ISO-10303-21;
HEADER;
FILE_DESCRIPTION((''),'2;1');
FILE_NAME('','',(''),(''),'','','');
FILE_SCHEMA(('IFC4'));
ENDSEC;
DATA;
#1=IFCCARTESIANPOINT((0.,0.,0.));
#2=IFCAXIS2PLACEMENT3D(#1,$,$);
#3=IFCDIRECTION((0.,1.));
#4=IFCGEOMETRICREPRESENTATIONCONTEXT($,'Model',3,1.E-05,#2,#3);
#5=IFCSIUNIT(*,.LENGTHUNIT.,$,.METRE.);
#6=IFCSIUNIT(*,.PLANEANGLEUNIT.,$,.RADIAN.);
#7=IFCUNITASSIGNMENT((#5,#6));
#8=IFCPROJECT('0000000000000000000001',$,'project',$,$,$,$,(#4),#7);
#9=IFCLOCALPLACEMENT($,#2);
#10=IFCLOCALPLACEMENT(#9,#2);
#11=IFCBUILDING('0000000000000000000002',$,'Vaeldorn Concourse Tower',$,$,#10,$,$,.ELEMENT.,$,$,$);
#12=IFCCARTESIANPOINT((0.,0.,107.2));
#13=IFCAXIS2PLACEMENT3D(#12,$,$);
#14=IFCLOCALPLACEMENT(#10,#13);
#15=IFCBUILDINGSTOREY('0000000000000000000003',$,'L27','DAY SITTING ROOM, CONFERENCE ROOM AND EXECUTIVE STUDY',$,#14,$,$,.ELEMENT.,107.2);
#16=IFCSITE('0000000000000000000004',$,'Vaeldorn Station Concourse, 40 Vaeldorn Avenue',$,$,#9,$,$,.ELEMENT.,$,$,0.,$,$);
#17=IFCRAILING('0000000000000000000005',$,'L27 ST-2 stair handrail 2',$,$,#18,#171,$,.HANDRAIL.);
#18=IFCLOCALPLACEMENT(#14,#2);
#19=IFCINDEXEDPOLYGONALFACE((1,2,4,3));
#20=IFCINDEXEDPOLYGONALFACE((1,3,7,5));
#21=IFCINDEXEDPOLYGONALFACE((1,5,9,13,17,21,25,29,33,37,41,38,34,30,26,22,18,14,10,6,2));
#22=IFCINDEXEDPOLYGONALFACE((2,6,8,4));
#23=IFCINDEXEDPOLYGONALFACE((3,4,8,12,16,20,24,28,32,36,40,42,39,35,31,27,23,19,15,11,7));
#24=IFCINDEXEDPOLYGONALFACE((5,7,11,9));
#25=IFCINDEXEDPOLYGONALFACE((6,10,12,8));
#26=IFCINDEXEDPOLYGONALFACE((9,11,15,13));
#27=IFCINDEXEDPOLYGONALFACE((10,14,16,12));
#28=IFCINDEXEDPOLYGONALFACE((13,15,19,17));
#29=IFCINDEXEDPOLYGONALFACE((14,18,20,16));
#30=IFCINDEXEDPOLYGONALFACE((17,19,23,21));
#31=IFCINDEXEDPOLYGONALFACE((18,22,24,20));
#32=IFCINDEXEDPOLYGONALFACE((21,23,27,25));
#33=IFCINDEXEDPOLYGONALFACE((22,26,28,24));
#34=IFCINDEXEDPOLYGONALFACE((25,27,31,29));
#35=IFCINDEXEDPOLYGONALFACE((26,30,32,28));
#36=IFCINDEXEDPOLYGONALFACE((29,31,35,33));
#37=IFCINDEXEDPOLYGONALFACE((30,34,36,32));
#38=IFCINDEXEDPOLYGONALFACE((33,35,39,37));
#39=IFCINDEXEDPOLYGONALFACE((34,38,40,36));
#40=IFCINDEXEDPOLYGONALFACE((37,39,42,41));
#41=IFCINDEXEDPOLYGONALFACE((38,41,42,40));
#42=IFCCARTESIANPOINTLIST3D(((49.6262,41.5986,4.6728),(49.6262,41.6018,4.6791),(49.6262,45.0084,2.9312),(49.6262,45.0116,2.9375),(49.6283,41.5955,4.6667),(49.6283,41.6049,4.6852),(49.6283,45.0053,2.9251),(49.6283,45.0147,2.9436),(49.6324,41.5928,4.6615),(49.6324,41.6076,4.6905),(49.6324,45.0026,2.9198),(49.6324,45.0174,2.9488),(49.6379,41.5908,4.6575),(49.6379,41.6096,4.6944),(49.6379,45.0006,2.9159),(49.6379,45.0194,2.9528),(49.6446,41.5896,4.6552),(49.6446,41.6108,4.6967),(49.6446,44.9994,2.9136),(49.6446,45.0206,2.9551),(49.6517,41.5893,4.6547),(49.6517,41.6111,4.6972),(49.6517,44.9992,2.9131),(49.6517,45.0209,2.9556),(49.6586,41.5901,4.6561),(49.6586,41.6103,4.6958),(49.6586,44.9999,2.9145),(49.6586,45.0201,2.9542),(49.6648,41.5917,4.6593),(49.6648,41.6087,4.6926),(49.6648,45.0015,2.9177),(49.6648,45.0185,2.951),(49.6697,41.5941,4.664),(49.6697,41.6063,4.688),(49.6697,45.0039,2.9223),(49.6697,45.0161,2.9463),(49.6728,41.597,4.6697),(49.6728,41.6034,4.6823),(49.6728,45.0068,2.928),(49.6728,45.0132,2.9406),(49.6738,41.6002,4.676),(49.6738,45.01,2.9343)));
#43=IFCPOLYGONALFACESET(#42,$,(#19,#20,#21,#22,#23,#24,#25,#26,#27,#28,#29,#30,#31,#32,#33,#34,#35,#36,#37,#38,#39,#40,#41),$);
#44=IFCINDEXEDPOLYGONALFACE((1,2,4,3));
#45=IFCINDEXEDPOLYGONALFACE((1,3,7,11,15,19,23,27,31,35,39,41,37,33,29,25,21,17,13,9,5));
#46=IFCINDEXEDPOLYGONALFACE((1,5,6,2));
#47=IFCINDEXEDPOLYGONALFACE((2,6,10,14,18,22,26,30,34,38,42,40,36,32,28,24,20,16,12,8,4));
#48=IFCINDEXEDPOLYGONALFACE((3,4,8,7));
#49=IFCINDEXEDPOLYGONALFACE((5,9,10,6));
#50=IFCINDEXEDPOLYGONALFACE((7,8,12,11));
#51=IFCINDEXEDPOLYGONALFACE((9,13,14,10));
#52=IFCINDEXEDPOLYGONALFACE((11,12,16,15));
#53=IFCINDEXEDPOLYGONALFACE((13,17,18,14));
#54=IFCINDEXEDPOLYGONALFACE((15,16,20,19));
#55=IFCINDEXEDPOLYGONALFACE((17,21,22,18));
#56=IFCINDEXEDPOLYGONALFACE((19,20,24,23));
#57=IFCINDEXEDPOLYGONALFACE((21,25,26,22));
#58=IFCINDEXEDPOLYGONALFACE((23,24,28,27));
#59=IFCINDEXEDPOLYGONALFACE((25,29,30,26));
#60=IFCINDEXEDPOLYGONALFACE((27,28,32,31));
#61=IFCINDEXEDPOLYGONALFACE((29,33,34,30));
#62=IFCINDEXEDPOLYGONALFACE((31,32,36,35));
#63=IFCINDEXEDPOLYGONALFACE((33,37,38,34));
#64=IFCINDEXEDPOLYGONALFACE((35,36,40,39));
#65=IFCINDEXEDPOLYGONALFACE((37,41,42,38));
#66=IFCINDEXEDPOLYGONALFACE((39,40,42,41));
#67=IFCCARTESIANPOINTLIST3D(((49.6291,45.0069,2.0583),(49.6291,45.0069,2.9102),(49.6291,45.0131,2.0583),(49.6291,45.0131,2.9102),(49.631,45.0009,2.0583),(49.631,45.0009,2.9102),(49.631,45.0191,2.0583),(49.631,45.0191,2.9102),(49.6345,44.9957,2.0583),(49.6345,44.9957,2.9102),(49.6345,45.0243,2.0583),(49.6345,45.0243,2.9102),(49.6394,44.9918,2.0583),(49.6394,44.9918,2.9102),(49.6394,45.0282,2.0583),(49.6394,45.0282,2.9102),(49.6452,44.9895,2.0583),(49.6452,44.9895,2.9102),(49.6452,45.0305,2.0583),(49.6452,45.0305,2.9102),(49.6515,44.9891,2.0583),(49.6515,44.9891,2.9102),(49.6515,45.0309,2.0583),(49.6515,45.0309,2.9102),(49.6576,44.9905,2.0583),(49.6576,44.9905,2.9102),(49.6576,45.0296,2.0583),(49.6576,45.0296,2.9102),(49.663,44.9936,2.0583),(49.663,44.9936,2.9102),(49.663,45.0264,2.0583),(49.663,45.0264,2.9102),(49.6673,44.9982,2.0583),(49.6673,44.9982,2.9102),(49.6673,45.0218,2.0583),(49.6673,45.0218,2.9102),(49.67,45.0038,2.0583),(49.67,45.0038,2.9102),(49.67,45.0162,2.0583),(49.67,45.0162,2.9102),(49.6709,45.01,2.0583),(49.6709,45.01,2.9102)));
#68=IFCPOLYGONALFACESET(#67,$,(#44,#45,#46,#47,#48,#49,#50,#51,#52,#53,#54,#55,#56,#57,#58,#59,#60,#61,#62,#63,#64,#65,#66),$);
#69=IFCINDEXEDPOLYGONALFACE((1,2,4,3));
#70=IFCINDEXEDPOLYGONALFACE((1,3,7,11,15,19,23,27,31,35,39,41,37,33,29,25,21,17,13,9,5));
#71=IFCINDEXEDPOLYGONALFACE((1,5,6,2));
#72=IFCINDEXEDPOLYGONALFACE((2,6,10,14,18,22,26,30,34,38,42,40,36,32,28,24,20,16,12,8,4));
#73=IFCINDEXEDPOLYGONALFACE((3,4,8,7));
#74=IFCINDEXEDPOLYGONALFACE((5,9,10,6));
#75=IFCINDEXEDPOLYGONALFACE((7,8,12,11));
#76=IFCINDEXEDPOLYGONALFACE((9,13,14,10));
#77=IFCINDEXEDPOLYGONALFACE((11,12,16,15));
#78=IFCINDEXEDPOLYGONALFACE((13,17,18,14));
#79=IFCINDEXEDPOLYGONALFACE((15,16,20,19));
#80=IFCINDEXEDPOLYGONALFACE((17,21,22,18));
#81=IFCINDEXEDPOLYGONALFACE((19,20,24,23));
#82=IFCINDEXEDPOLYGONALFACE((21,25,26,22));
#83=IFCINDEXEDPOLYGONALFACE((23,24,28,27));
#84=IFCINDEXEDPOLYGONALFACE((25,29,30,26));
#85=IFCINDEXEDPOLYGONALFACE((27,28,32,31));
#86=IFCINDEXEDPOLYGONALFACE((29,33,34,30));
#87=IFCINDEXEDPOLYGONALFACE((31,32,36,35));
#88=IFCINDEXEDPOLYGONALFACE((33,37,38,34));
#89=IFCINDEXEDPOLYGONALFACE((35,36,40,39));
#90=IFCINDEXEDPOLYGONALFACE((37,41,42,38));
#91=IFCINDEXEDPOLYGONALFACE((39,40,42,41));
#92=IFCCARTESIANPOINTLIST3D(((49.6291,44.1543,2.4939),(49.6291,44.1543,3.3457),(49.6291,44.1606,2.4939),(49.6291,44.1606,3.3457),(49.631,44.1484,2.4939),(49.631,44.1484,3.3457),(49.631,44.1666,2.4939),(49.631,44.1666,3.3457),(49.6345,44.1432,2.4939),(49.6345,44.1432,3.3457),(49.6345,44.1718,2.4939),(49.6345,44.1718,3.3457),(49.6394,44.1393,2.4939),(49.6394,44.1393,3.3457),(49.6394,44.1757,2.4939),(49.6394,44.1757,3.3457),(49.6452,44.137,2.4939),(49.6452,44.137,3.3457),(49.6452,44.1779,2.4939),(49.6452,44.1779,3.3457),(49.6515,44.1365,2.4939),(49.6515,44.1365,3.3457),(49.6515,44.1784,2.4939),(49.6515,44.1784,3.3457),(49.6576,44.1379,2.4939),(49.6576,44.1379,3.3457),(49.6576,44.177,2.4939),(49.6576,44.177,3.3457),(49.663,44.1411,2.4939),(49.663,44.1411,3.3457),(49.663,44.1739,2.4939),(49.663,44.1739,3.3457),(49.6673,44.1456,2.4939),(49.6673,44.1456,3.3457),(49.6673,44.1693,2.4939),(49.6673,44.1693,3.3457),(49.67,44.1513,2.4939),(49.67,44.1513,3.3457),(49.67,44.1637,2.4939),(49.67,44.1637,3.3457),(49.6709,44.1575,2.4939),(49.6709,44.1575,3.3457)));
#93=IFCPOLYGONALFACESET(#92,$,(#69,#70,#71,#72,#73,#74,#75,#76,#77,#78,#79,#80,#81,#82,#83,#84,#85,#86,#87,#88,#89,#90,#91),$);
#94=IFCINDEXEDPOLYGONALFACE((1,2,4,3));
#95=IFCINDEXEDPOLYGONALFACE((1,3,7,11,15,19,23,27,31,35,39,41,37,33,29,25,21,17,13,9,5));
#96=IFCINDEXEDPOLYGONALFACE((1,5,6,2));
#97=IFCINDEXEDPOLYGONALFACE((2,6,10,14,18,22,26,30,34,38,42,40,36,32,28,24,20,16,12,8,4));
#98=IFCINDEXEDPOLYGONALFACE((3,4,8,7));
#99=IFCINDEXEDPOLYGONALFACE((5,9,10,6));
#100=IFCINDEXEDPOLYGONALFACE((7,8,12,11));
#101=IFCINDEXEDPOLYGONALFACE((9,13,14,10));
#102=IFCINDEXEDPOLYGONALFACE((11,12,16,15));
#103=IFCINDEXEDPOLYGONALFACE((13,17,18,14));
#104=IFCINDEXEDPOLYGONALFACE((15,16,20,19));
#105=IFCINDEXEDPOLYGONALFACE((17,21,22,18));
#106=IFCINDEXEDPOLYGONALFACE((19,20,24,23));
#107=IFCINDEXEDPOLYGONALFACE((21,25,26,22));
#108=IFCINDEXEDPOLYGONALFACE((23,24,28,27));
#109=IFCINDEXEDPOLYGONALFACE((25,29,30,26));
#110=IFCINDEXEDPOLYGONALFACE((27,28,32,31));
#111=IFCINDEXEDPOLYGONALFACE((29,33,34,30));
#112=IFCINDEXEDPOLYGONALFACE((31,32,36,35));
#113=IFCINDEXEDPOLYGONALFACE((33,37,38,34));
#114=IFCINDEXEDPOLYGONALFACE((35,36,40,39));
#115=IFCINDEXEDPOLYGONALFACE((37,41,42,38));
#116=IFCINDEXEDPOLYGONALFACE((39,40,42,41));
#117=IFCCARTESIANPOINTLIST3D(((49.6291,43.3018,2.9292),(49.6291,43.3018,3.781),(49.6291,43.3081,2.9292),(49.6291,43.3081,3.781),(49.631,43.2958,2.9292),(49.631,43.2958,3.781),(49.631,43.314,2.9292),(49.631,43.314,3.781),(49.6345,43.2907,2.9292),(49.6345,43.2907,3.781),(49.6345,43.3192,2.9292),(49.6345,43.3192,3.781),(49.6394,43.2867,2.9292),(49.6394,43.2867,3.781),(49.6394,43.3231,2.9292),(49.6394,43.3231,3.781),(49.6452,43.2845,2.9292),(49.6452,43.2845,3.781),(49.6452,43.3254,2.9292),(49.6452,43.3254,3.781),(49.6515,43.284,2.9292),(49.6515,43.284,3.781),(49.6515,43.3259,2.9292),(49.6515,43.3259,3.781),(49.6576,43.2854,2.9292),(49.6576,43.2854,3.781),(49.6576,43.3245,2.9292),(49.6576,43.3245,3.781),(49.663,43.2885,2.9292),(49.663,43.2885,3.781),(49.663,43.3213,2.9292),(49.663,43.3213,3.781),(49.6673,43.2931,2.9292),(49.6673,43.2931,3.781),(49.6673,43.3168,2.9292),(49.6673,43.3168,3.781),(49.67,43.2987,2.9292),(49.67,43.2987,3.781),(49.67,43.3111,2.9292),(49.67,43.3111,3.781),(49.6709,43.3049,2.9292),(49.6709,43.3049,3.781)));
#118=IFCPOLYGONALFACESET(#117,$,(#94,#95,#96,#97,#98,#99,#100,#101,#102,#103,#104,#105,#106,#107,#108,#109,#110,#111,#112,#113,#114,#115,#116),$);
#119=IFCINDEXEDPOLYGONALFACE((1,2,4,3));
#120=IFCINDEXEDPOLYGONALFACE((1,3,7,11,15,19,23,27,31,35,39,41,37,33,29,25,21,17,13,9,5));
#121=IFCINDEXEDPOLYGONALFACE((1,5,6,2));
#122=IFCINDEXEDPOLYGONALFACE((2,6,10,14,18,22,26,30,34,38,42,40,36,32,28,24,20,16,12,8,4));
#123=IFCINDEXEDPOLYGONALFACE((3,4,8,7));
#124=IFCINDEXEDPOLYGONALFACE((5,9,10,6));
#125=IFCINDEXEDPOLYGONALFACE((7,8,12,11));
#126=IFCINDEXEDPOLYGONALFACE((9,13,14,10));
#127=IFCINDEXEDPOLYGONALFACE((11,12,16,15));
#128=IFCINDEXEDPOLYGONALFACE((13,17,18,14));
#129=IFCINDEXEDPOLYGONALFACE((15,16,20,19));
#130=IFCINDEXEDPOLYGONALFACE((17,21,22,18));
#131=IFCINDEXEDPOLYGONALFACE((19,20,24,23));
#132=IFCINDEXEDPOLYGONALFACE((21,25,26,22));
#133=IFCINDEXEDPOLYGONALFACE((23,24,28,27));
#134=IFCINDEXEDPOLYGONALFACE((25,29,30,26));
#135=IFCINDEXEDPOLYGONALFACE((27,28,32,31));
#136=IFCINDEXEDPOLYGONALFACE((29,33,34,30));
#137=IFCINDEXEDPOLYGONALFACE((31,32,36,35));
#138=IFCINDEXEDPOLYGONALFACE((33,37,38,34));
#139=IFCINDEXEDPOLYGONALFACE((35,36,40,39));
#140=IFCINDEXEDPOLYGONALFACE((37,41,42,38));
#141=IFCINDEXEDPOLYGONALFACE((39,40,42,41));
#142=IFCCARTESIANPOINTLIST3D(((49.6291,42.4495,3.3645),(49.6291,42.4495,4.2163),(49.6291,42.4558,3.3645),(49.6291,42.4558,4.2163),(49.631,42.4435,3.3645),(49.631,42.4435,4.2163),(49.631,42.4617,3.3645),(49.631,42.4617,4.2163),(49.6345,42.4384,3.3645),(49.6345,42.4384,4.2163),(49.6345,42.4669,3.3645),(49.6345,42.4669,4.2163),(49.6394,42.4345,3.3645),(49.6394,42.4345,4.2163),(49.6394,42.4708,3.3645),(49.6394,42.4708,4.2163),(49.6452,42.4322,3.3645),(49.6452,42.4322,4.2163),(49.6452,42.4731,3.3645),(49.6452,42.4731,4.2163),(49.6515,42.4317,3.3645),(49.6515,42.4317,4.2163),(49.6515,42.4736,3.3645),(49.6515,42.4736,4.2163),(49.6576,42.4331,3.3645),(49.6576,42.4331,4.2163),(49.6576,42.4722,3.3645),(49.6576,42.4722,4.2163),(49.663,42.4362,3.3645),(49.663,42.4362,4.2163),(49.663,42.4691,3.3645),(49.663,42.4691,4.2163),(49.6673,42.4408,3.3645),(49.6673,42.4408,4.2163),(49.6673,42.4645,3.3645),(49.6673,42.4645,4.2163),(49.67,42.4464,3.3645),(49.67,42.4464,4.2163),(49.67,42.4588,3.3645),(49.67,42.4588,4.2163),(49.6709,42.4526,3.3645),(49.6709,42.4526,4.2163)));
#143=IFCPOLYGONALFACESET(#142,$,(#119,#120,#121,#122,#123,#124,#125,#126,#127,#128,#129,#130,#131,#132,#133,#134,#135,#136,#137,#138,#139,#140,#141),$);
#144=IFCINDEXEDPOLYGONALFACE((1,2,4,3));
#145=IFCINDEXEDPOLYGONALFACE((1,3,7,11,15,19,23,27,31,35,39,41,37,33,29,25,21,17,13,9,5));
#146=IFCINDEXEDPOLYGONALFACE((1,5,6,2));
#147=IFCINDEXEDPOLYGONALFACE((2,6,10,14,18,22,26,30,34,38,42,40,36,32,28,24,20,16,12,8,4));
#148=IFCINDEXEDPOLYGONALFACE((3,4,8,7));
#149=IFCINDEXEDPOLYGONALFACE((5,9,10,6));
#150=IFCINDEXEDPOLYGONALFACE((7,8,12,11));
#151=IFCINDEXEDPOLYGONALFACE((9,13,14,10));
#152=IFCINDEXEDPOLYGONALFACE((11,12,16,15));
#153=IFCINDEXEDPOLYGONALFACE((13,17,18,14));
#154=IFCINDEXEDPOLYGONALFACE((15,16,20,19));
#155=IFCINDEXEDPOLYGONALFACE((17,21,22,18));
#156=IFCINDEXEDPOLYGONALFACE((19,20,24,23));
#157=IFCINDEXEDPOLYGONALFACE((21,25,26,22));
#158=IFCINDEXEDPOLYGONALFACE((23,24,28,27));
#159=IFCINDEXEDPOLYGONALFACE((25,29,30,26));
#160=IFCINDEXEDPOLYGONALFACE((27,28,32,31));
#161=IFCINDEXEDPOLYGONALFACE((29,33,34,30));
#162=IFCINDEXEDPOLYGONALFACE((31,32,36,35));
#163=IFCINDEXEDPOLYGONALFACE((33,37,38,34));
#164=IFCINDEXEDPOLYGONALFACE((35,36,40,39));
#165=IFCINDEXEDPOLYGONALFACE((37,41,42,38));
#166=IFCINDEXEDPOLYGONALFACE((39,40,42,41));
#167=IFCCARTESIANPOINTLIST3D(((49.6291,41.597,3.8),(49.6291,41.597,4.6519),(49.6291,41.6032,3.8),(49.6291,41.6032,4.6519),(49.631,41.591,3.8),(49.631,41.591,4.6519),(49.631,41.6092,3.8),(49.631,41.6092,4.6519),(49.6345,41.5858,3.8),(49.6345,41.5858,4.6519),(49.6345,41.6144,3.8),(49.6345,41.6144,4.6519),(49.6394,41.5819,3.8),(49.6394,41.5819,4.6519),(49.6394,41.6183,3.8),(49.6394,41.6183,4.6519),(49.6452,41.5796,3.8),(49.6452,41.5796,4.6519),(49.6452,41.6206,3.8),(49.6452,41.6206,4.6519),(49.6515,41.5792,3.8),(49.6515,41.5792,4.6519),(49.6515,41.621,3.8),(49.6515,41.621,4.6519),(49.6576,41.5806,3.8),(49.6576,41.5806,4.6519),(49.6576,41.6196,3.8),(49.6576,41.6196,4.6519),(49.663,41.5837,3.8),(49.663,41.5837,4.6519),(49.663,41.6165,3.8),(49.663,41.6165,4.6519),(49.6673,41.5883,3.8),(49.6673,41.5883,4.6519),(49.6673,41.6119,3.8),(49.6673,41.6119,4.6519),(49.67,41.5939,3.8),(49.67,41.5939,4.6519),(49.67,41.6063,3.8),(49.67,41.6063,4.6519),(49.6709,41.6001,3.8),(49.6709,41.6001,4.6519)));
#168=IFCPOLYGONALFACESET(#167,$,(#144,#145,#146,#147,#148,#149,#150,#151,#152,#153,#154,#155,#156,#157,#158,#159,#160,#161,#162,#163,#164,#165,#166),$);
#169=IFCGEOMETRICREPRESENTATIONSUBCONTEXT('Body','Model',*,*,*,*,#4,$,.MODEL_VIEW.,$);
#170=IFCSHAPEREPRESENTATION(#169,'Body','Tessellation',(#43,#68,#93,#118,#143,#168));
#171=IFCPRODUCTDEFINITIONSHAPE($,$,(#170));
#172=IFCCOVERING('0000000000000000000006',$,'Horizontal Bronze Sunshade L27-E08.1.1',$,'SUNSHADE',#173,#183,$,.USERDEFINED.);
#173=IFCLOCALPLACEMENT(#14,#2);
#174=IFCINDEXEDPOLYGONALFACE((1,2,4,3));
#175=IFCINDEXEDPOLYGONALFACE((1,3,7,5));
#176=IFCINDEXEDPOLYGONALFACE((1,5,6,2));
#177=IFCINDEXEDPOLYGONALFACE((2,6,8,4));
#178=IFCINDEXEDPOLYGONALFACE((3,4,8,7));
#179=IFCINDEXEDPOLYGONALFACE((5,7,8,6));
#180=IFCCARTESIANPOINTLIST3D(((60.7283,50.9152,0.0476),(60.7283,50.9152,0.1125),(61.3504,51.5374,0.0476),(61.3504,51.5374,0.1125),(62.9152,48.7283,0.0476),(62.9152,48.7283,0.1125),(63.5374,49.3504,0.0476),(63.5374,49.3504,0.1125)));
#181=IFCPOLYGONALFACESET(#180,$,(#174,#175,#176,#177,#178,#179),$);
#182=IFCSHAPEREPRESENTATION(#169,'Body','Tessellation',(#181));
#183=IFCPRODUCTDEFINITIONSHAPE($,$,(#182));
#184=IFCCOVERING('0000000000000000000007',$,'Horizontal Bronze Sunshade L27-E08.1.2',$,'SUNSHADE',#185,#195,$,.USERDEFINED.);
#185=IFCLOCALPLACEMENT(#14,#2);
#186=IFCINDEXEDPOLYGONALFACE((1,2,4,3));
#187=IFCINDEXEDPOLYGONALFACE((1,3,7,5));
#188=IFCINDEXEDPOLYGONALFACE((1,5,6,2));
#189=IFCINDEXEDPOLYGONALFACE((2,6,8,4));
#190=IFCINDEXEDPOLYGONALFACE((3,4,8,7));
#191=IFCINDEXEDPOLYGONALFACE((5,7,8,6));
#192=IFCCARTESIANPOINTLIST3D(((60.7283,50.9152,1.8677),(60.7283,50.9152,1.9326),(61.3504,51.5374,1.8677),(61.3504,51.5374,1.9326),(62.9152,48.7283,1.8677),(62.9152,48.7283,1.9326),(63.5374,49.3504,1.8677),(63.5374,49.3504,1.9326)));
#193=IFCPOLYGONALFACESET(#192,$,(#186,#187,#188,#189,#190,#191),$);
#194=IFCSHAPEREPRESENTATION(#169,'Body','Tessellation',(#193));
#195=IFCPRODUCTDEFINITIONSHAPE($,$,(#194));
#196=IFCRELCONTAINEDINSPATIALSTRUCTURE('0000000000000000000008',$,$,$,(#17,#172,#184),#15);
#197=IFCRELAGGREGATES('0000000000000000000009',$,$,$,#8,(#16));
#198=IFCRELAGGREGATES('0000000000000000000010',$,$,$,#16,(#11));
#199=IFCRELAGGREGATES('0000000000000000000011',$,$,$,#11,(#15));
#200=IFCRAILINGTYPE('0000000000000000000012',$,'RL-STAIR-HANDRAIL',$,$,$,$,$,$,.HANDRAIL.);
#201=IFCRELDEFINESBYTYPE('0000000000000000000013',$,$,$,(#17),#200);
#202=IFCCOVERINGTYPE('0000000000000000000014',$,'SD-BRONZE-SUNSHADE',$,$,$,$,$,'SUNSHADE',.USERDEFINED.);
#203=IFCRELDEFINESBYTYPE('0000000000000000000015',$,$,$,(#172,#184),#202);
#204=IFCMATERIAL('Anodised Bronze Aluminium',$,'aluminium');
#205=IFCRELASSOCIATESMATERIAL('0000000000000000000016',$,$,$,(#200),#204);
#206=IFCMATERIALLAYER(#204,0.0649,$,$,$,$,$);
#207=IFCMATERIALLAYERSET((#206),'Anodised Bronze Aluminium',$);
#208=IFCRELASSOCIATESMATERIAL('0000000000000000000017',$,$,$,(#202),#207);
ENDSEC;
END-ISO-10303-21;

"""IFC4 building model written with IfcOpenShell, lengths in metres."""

from ifc_helpers import new_model, si_unit, direction, frame, origin, origin_2d, place, context, subcontext, project, spatial, rectangle, circle, extrude, source, transform, mapped, material, layer, layer_set, type_object, element, save


model = new_model("IFC4")

# Units and contexts
model_context = context("Model", 3, precision=1e-05, world=origin(), true_north=direction((0.0, 1.0)))
body_context = subcontext(model_context, "Body", "Model", "MODEL_VIEW")
ifc_project = project(units=[si_unit("LENGTHUNIT", "METRE"), si_unit("PLANEANGLEUNIT", "RADIAN")], contexts=[model_context])

# Site, building, storey
site_placement = place(None, origin())
site = spatial("IfcSite", under=ifc_project, at=site_placement, Name="Vaeldorn Station Concourse, 40 Vaeldorn Avenue", CompositionType="ELEMENT", RefElevation=0.0)
building_placement = place(site_placement, origin())
building = spatial("IfcBuilding", under=site, at=building_placement, Name="Vaeldorn Concourse Tower", CompositionType="ELEMENT")
storey_placement = place(building_placement, frame((0.0, 0.0, 107.2)))
storey = spatial("IfcBuildingStorey", under=building, at=storey_placement, Name="L27", Description="DAY SITTING ROOM, CONFERENCE ROOM AND EXECUTIVE STUDY", CompositionType="ELEMENT", Elevation=107.2)

# Shared definitions
ifc_material_1 = material(Name="Anodised Bronze Aluminium", Category="aluminium")

# Railing
railing_type_1 = type_object("IfcRailingType", Name="RL-STAIR-HANDRAIL", PredefinedType="HANDRAIL", material=ifc_material_1)
railing_1_placement = place(storey_placement, frame((49.6499, 45.01, 2.0583)))
element("IfcRailing", 1, at=railing_1_placement, inside=storey, type_object=railing_type_1, Name="L27 ST-2 stair handrail 2", PredefinedType="HANDRAIL", context=body_context, shape_type="SweptSolid", body=[
    extrude(circle(Radius=0.0239, at=origin_2d()), frame((0.0, 0.0, 0.876), z_axis=(0.0, -0.890556, 0.454874), x_axis=(1.0, 0.0, 0.0)), (0.0, 0.0, 1.0), 3.8289),
    extrude(circle(Radius=0.021, at=origin_2d()), origin(), (0.0, 0.0, 1.0), 0.8518),
    extrude(circle(Radius=0.021, at=origin_2d()), frame((0.0, -0.8525, 0.4355)), (0.0, 0.0, 1.0), 0.8518),
    extrude(circle(Radius=0.021, at=origin_2d()), frame((0.0, -1.7051, 0.8708)), (0.0, 0.0, 1.0), 0.8518),
    extrude(circle(Radius=0.021, at=origin_2d()), frame((0.0, -2.5574, 1.3062)), (0.0, 0.0, 1.0), 0.8518),
    extrude(circle(Radius=0.021, at=origin_2d()), frame((0.0, -3.4099, 1.7417)), (0.0, 0.0, 1.0), 0.8518),
])

# Coverings
ifc_layer_1 = layer(ifc_material_1, 0.0649)
ifc_layer_set_1 = layer_set([ifc_layer_1], Name="Anodised Bronze Aluminium")
covering_type = type_object("IfcCoveringType", Name="SD-BRONZE-SUNSHADE", ElementType="SUNSHADE", PredefinedType="USERDEFINED", material=ifc_layer_set_1)
shared_shape_1 = source(origin(), body_context, "Body", "SweptSolid", [
    extrude(rectangle(XDim=3.0928, YDim=0.8799, at=origin_2d()), origin(), (0.0, 0.0, 1.0), 0.0649),
])
for number, where, z_axis, x_axis, name in (
    (2, (62.1328, 50.1328, 0.0476), (0.0, 0.0, 1.0), (-0.707107, 0.707107, 0.0), "Horizontal Bronze Sunshade L27-E08.1.1"),
    (3, (62.1328, 50.1328, 1.8677), (0.0, 0.0, 1.0), (-0.707107, 0.707107, 0.0), "Horizontal Bronze Sunshade L27-E08.1.2"),
):
    element("IfcCovering", number, at=place(storey_placement, frame(where, z_axis=z_axis, x_axis=x_axis)), inside=storey, type_object=covering_type, Name=name, ObjectType="SUNSHADE", PredefinedType="USERDEFINED", context=body_context, shape_type="MappedRepresentation", body=[
        mapped(shared_shape_1, transform((0.0, 0.0, 0.0), scale=1.0)),
    ])

save(model, "model.ifc")
